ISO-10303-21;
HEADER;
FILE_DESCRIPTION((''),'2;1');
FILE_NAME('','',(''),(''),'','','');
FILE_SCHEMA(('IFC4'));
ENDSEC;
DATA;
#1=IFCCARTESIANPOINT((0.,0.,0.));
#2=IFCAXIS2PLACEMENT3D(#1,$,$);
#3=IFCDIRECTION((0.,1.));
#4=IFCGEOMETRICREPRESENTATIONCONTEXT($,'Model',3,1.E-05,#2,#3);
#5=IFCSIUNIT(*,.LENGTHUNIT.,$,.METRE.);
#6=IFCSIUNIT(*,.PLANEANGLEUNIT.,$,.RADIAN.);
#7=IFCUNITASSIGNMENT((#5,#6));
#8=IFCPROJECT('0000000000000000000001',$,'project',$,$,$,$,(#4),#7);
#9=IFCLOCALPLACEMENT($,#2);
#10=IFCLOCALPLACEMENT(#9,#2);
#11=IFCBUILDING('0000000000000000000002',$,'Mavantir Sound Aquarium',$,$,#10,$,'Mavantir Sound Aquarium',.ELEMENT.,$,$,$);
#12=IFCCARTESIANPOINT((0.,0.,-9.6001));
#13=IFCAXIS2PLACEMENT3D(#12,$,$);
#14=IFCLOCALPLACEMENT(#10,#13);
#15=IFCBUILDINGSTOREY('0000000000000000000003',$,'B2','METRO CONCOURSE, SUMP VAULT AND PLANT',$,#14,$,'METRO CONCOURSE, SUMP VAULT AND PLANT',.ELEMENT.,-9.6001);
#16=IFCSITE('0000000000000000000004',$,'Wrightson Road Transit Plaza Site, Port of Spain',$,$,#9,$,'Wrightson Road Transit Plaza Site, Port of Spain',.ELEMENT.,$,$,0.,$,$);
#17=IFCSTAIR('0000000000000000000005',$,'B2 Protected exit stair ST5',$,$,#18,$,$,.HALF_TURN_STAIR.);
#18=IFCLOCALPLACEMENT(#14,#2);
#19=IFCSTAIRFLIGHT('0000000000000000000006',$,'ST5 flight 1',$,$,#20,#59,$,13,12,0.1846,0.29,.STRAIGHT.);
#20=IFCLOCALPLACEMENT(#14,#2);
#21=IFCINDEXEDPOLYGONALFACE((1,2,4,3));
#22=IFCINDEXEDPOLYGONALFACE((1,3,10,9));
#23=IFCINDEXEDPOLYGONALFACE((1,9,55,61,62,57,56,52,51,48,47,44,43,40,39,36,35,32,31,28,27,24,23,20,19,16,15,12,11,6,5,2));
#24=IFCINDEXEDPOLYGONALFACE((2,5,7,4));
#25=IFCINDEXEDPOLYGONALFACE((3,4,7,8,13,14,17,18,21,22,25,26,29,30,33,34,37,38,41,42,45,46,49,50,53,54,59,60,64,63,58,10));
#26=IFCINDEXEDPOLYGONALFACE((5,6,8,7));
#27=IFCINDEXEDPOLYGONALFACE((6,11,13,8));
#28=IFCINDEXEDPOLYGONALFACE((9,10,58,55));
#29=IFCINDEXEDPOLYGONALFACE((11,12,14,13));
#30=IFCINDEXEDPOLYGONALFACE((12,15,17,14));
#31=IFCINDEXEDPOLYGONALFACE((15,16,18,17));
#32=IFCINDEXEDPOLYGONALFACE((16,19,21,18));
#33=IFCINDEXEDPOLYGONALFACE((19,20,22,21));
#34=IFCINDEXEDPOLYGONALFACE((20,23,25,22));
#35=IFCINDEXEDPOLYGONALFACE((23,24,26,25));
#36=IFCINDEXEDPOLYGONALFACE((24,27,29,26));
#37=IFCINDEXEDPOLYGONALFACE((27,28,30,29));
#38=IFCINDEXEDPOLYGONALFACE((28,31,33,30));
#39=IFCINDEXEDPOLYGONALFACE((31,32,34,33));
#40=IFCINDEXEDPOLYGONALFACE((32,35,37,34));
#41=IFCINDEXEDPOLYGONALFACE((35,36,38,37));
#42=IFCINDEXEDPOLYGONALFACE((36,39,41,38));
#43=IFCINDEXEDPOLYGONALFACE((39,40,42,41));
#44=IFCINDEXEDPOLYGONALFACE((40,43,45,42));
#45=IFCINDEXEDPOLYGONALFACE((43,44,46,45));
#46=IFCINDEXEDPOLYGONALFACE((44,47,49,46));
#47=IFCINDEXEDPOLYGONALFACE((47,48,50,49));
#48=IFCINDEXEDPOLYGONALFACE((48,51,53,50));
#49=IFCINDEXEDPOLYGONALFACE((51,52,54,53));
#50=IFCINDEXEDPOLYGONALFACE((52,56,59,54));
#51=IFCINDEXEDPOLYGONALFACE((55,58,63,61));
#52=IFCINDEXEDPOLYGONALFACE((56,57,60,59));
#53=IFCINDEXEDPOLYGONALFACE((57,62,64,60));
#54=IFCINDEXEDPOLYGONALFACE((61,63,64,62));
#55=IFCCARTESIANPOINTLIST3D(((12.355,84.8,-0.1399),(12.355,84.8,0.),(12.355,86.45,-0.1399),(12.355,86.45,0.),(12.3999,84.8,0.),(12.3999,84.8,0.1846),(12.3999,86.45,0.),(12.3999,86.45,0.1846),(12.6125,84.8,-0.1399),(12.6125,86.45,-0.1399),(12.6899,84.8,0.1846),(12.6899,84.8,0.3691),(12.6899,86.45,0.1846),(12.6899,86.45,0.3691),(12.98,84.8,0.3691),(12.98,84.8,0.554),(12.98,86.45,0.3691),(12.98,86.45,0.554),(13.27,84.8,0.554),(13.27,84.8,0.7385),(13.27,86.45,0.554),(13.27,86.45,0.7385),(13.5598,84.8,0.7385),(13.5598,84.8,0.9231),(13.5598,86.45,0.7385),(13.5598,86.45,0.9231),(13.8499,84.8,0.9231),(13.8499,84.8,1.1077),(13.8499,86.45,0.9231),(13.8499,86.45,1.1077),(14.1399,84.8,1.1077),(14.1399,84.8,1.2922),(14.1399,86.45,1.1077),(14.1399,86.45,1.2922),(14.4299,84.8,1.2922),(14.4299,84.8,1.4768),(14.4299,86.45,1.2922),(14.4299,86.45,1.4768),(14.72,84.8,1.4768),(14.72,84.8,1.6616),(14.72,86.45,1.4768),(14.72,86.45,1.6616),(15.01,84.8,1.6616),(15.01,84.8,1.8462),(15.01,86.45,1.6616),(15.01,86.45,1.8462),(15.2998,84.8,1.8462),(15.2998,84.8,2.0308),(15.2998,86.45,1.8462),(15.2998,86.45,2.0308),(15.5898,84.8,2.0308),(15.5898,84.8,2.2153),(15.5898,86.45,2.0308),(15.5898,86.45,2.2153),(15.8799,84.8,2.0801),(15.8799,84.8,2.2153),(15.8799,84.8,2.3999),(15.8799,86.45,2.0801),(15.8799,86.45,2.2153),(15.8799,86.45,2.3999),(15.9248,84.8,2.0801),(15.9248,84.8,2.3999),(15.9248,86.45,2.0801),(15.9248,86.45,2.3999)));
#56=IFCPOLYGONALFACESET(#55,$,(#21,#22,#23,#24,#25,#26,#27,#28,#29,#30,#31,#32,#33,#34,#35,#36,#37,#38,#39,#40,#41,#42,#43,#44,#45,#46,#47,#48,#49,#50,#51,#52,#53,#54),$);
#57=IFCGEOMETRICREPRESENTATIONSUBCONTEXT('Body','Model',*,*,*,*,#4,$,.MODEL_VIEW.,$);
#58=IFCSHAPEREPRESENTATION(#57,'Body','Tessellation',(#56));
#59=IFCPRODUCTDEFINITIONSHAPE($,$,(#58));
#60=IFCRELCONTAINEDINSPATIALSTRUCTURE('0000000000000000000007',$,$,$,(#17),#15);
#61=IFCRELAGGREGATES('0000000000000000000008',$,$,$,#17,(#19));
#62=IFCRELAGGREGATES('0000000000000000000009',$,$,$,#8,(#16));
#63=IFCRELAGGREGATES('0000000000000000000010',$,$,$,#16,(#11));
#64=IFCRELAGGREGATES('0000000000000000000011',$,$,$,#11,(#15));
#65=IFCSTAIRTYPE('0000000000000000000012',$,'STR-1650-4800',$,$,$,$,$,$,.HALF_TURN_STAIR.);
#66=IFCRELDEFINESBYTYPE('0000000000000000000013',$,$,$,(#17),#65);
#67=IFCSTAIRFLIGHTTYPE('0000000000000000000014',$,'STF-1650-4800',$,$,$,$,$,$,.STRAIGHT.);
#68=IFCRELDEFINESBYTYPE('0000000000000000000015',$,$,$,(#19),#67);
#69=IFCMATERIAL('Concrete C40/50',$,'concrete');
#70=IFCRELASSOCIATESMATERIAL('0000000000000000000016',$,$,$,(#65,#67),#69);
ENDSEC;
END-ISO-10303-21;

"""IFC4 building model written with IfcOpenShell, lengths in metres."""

from ifc_helpers import new_model, si_unit, direction, frame, origin, place, context, subcontext, project, spatial, polyline, outline, extrude, material, type_object, element, aggregate, save


model = new_model("IFC4")

# Units and contexts
model_context = context("Model", 3, precision=1e-05, world=origin(), true_north=direction((0.0, 1.0)))
body_context = subcontext(model_context, "Body", "Model", "MODEL_VIEW")
ifc_project = project(units=[si_unit("LENGTHUNIT", "METRE"), si_unit("PLANEANGLEUNIT", "RADIAN")], contexts=[model_context])

# Site, building, storey
site_placement = place(None, origin())
site = spatial("IfcSite", under=ifc_project, at=site_placement, Name="Wrightson Road Transit Plaza Site, Port of Spain", LongName="Wrightson Road Transit Plaza Site, Port of Spain", CompositionType="ELEMENT", RefElevation=0.0)
building_placement = place(site_placement, origin())
building = spatial("IfcBuilding", under=site, at=building_placement, Name="Mavantir Sound Aquarium", LongName="Mavantir Sound Aquarium", CompositionType="ELEMENT")
storey_placement = place(building_placement, frame((0.0, 0.0, -9.6001)))
storey = spatial("IfcBuildingStorey", under=building, at=storey_placement, Name="B2", Description="METRO CONCOURSE, SUMP VAULT AND PLANT", LongName="METRO CONCOURSE, SUMP VAULT AND PLANT", CompositionType="ELEMENT", Elevation=-9.6001)

# Shared definitions
ifc_material_1 = material(Name="Concrete C40/50", Category="concrete")

# Stair, stair flight
stair_type = type_object("IfcStairType", Name="STR-1650-4800", PredefinedType="HALF_TURN_STAIR", material=ifc_material_1)
stair_placement = place(storey_placement, origin())
stair = element("IfcStair", 1, at=stair_placement, inside=storey, type_object=stair_type, Name="B2 Protected exit stair ST5", PredefinedType="HALF_TURN_STAIR")
stair_flight_type = type_object("IfcStairFlightType", Name="STF-1650-4800", PredefinedType="STRAIGHT", material=ifc_material_1)
stair_flight_placement = place(storey_placement, frame((12.3999, 85.625, 0.0), z_axis=(0.0, 0.0, 1.0), x_axis=(1.0, 0.0, 0.0)))
stair_flight = element("IfcStairFlight", 2, at=stair_flight_placement, type_object=stair_flight_type, Name="ST5 flight 1", NumberOfRisers=13, NumberOfTreads=12, PredefinedType="STRAIGHT", RiserHeight=0.1846, TreadLength=0.29, context=body_context, shape_type="SweptSolid", body=[
    extrude(outline(polyline([(-0.0449, -0.1399), (-0.0449, 0.0), (0.0, 0.0), (0.0, 0.1846), (0.29, 0.1846), (0.29, 0.3691), (0.5801, 0.3691), (0.5801, 0.554), (0.8701, 0.554), (0.8701, 0.7385), (1.1599, 0.7385), (1.1599, 0.9231), (1.45, 0.9231), (1.45, 1.1077), (1.74, 1.1077), (1.74, 1.2922), (2.03, 1.2922), (2.03, 1.4768), (2.3201, 1.4768), (2.3201, 1.6616), (2.6101, 1.6616), (2.6101, 1.8462), (2.8999, 1.8462), (2.8999, 2.0308), (3.1899, 2.0308), (3.1899, 2.2153), (3.48, 2.2153), (3.48, 2.3999), (3.5249, 2.3999), (3.5249, 2.0801), (3.48, 2.0801), (0.2126, -0.1399), (-0.0449, -0.1399)])), frame((0.0, 0.825, 0.0), z_axis=(0.0, -1.0, 0.0), x_axis=(1.0, 0.0, 0.0)), (0.0, 0.0, 1.0), 1.6499),
])
aggregate(stair, [stair_flight])

save(model, "model.ifc")
